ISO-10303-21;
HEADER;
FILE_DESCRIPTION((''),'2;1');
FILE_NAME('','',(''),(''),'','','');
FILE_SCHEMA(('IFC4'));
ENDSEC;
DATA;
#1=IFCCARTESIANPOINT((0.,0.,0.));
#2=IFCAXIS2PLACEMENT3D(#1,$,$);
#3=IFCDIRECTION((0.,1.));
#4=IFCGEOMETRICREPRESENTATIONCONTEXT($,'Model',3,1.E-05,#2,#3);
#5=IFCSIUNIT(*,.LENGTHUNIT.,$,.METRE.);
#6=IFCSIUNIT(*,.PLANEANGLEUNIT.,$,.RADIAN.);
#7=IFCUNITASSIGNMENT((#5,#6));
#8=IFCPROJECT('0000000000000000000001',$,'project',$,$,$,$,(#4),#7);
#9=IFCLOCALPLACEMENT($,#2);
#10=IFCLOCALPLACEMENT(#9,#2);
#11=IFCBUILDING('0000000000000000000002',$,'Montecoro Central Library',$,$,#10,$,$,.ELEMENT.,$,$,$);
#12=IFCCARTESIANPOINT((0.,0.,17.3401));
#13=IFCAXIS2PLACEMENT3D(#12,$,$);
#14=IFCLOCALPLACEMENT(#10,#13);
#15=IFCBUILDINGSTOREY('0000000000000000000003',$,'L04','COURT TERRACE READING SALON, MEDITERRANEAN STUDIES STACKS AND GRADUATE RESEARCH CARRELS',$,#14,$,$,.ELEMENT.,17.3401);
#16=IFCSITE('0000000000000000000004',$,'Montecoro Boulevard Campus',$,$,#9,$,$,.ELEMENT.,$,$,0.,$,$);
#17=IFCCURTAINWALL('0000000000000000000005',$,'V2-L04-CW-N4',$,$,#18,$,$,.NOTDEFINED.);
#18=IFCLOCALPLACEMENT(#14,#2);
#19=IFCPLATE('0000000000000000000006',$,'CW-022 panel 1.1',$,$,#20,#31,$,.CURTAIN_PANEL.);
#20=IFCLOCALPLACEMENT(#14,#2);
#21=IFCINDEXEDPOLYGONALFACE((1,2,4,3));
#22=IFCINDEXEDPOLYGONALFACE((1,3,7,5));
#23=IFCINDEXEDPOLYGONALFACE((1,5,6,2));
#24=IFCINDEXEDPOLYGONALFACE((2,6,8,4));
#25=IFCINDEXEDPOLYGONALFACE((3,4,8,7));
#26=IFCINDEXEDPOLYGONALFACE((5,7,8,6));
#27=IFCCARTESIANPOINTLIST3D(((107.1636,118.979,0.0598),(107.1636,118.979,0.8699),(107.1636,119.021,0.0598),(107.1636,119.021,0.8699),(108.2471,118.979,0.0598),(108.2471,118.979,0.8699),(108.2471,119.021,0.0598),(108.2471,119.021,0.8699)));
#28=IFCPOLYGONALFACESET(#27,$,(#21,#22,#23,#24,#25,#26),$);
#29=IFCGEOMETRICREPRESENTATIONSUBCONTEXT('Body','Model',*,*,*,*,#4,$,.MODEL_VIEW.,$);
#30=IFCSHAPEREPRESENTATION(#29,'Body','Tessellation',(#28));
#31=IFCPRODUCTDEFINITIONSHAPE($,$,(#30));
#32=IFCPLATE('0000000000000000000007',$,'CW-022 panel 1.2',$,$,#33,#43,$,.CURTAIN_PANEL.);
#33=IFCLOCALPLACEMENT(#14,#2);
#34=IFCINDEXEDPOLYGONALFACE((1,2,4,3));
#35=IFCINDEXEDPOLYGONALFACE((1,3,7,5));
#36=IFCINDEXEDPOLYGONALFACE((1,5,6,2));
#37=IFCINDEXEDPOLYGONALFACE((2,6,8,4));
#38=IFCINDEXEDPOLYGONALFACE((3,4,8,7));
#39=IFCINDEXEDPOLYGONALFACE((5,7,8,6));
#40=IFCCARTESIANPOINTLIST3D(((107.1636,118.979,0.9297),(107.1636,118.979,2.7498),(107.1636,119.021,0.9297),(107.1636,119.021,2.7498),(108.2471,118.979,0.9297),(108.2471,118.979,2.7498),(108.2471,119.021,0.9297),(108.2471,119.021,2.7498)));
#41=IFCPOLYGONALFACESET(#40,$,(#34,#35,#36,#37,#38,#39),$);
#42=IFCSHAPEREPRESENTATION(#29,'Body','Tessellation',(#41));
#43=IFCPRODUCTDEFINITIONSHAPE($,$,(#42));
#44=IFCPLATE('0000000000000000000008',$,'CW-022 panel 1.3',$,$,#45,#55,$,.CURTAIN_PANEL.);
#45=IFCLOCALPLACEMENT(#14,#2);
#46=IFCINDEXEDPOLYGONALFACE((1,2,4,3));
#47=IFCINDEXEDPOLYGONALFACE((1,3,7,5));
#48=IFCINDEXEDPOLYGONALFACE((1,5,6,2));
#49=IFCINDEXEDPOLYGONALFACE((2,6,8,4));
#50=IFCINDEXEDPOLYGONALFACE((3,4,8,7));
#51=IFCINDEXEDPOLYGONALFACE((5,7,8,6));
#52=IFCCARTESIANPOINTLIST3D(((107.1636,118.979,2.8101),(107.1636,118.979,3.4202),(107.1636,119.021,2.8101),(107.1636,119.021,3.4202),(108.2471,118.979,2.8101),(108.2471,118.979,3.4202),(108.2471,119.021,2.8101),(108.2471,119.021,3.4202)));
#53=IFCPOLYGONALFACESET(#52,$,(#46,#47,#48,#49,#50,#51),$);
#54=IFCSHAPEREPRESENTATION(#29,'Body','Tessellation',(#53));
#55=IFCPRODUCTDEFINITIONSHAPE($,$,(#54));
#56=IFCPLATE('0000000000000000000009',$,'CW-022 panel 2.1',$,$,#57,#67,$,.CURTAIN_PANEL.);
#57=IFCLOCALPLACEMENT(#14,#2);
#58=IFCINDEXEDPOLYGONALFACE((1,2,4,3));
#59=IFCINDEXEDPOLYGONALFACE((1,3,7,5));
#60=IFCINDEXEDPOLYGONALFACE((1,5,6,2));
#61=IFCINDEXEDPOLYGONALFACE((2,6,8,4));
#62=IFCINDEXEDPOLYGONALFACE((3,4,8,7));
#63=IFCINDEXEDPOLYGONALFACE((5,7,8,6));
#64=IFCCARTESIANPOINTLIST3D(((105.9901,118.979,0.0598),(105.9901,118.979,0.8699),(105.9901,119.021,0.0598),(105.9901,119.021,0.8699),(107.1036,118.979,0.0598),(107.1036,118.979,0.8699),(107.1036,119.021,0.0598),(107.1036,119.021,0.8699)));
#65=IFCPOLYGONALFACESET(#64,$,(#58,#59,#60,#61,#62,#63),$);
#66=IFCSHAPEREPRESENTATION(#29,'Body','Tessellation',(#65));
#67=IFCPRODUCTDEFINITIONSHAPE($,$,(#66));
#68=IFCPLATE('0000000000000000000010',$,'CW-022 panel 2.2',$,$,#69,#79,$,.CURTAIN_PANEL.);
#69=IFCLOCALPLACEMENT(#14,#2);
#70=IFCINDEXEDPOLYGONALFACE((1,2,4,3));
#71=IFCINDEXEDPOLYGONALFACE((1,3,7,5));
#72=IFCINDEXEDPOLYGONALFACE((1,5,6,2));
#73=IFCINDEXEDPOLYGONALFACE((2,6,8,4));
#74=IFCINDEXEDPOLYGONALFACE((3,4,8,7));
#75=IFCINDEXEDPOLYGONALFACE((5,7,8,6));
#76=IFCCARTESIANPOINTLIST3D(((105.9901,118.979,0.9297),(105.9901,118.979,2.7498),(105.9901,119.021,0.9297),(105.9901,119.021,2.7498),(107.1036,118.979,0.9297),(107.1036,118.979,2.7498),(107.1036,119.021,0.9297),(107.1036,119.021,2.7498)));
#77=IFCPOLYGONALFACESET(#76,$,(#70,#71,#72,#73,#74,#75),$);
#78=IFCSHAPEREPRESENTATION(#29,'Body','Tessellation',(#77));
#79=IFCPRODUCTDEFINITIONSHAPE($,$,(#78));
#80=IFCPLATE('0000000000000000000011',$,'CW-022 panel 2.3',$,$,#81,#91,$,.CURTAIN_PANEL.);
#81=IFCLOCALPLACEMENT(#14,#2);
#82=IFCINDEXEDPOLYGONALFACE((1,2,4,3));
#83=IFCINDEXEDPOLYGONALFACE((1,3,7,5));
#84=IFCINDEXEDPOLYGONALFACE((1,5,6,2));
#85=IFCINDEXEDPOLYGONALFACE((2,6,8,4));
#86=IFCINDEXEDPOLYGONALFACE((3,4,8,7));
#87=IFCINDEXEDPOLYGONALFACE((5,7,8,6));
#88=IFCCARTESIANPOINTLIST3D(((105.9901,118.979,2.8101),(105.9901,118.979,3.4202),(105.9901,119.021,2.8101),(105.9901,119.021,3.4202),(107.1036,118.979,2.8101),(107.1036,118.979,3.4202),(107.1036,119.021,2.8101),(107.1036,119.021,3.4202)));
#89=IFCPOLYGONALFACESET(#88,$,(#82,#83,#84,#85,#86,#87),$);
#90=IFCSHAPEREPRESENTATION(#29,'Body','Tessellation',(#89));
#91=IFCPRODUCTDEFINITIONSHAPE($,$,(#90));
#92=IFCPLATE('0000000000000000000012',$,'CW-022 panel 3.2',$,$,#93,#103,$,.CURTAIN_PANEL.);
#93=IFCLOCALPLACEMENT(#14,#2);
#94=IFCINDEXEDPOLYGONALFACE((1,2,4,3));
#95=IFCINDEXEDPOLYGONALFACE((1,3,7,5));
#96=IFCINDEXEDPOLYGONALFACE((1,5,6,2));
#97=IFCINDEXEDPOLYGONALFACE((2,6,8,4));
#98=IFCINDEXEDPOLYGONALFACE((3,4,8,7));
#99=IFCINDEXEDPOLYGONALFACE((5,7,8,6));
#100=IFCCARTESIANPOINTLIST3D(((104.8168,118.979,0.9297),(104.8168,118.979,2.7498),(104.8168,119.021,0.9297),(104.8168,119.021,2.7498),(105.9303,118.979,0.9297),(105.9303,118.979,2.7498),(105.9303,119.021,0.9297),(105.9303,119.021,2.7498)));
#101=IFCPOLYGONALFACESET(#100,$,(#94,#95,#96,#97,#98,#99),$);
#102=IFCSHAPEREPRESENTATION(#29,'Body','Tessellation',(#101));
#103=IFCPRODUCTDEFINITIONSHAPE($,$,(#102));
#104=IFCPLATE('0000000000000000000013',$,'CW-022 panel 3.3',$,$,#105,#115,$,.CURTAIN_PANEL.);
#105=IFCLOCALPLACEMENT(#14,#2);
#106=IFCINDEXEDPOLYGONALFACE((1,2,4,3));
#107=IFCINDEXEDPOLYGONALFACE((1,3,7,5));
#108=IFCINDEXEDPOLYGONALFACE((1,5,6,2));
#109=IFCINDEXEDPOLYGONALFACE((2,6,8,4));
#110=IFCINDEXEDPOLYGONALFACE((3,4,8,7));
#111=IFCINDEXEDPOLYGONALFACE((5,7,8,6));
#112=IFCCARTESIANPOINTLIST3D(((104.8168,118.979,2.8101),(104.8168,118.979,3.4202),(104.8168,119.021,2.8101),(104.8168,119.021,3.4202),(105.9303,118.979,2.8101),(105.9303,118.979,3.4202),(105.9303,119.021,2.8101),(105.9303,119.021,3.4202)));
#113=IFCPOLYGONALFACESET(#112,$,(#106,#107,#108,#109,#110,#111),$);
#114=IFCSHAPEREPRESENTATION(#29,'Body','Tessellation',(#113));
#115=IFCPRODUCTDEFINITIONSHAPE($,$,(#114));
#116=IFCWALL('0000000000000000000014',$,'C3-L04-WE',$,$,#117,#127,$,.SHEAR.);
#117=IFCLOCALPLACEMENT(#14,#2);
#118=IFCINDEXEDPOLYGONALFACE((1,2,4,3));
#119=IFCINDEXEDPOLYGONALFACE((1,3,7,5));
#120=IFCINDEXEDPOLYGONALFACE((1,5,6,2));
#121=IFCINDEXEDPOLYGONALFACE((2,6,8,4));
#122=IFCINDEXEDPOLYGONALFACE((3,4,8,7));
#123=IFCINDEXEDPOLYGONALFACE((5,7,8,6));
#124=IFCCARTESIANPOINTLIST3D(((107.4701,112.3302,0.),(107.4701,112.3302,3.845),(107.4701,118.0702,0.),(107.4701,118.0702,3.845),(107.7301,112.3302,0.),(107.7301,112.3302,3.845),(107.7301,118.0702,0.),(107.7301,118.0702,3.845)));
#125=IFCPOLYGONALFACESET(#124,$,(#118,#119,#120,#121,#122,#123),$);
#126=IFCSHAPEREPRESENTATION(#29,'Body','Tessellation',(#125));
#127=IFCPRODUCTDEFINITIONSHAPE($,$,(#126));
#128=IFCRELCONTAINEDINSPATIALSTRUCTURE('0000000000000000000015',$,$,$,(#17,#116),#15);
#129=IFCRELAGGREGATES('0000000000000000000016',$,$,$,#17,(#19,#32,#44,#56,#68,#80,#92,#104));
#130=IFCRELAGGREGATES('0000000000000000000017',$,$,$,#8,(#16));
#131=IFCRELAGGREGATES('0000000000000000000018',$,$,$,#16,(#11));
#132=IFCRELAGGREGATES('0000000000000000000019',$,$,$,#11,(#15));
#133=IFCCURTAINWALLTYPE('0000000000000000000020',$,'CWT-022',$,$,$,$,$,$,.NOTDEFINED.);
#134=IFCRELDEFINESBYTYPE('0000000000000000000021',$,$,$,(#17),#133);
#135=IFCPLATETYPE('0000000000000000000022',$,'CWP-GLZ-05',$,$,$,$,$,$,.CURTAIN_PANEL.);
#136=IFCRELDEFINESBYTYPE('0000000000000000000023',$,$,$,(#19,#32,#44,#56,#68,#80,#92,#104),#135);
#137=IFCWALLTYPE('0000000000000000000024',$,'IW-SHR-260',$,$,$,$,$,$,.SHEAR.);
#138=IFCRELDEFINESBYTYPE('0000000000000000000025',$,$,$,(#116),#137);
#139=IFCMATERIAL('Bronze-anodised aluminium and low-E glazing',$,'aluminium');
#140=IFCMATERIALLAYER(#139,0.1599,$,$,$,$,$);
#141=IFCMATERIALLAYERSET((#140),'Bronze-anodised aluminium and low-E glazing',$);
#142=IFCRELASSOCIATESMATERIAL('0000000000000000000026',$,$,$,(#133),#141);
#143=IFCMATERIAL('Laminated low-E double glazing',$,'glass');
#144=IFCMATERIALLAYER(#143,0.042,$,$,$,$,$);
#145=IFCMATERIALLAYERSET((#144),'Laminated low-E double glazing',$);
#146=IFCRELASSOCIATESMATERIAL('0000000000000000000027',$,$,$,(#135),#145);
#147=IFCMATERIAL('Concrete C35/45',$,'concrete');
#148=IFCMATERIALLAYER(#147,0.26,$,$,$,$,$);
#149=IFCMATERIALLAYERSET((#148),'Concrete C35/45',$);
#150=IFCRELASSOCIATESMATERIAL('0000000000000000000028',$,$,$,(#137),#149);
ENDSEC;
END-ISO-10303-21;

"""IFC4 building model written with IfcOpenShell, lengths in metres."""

from ifc_helpers import new_model, si_unit, direction, frame, frame_2d, origin, origin_2d, place, context, subcontext, project, spatial, rectangle, extrude, material, layer, layer_set, type_object, element, aggregate, save


model = new_model("IFC4")

# Units and contexts
model_context = context("Model", 3, precision=1e-05, world=origin(), true_north=direction((0.0, 1.0)))
body_context = subcontext(model_context, "Body", "Model", "MODEL_VIEW")
ifc_project = project(units=[si_unit("LENGTHUNIT", "METRE"), si_unit("PLANEANGLEUNIT", "RADIAN")], contexts=[model_context])

# Site, building, storey
site_placement = place(None, origin())
site = spatial("IfcSite", under=ifc_project, at=site_placement, Name="Montecoro Boulevard Campus", CompositionType="ELEMENT", RefElevation=0.0)
building_placement = place(site_placement, origin())
building = spatial("IfcBuilding", under=site, at=building_placement, Name="Montecoro Central Library", CompositionType="ELEMENT")
storey_placement = place(building_placement, frame((0.0, 0.0, 17.3401)))
storey = spatial("IfcBuildingStorey", under=building, at=storey_placement, Name="L04", Description="COURT TERRACE READING SALON, MEDITERRANEAN STUDIES STACKS AND GRADUATE RESEARCH CARRELS", CompositionType="ELEMENT", Elevation=17.3401)

# Curtain wall, plates
ifc_material_1 = material(Name="Bronze-anodised aluminium and low-E glazing", Category="aluminium")
ifc_layer_1 = layer(ifc_material_1, 0.1599)
ifc_layer_set_1 = layer_set([ifc_layer_1], Name="Bronze-anodised aluminium and low-E glazing")
curtain_wall_type = type_object("IfcCurtainWallType", Name="CWT-022", PredefinedType="NOTDEFINED", material=ifc_layer_set_1)
curtain_wall_placement = place(storey_placement, origin())
curtain_wall = element("IfcCurtainWall", 1, at=curtain_wall_placement, inside=storey, type_object=curtain_wall_type, Name="V2-L04-CW-N4", PredefinedType="NOTDEFINED")
ifc_material_2 = material(Name="Laminated low-E double glazing", Category="glass")
ifc_layer_2 = layer(ifc_material_2, 0.042)
ifc_layer_set_2 = layer_set([ifc_layer_2], Name="Laminated low-E double glazing")
plate_type = type_object("IfcPlateType", Name="CWP-GLZ-05", PredefinedType="CURTAIN_PANEL", material=ifc_layer_set_2)
plate_1_placement = place(storey_placement, frame((107.7053, 119.0, 0.0598), z_axis=(0.0, 0.0, 1.0), x_axis=(-1.0, 0.0, 0.0)))
plate_1 = element("IfcPlate", 2, at=plate_1_placement, type_object=plate_type, Name="CW-022 panel 1.1", PredefinedType="CURTAIN_PANEL", context=body_context, shape_type="SweptSolid", body=[
    extrude(rectangle(XDim=1.0835, YDim=0.042, at=origin_2d()), origin(), (0.0, 0.0, 1.0), 0.8101),
])
plate_2_placement = place(storey_placement, frame((107.7053, 119.0, 0.9297), z_axis=(0.0, 0.0, 1.0), x_axis=(-1.0, 0.0, 0.0)))
plate_2 = element("IfcPlate", 3, at=plate_2_placement, type_object=plate_type, Name="CW-022 panel 1.2", PredefinedType="CURTAIN_PANEL", context=body_context, shape_type="SweptSolid", body=[
    extrude(rectangle(XDim=1.0835, YDim=0.042, at=origin_2d()), origin(), (0.0, 0.0, 1.0), 1.8201),
])
plate_3_placement = place(storey_placement, frame((107.7053, 119.0, 2.8101), z_axis=(0.0, 0.0, 1.0), x_axis=(-1.0, 0.0, 0.0)))
plate_3 = element("IfcPlate", 4, at=plate_3_placement, type_object=plate_type, Name="CW-022 panel 1.3", PredefinedType="CURTAIN_PANEL", context=body_context, shape_type="SweptSolid", body=[
    extrude(rectangle(XDim=1.0835, YDim=0.042, at=origin_2d()), origin(), (0.0, 0.0, 1.0), 0.6101),
])
plate_4_placement = place(storey_placement, frame((106.5469, 119.0, 0.0598), z_axis=(0.0, 0.0, 1.0), x_axis=(-1.0, 0.0, 0.0)))
plate_4 = element("IfcPlate", 5, at=plate_4_placement, type_object=plate_type, Name="CW-022 panel 2.1", PredefinedType="CURTAIN_PANEL", context=body_context, shape_type="SweptSolid", body=[
    extrude(rectangle(XDim=1.1135, YDim=0.042, at=origin_2d()), origin(), (0.0, 0.0, 1.0), 0.8101),
])
plate_5_placement = place(storey_placement, frame((106.5469, 119.0, 0.9297), z_axis=(0.0, 0.0, 1.0), x_axis=(-1.0, 0.0, 0.0)))
plate_5 = element("IfcPlate", 6, at=plate_5_placement, type_object=plate_type, Name="CW-022 panel 2.2", PredefinedType="CURTAIN_PANEL", context=body_context, shape_type="SweptSolid", body=[
    extrude(rectangle(XDim=1.1135, YDim=0.042, at=origin_2d()), origin(), (0.0, 0.0, 1.0), 1.8201),
])
plate_6_placement = place(storey_placement, frame((106.5469, 119.0, 2.8101), z_axis=(0.0, 0.0, 1.0), x_axis=(-1.0, 0.0, 0.0)))
plate_6 = element("IfcPlate", 7, at=plate_6_placement, type_object=plate_type, Name="CW-022 panel 2.3", PredefinedType="CURTAIN_PANEL", context=body_context, shape_type="SweptSolid", body=[
    extrude(rectangle(XDim=1.1135, YDim=0.042, at=origin_2d()), origin(), (0.0, 0.0, 1.0), 0.6101),
])
plate_7_placement = place(storey_placement, frame((105.3735, 119.0, 0.9297), z_axis=(0.0, 0.0, 1.0), x_axis=(-1.0, 0.0, 0.0)))
plate_7 = element("IfcPlate", 8, at=plate_7_placement, type_object=plate_type, Name="CW-022 panel 3.2", PredefinedType="CURTAIN_PANEL", context=body_context, shape_type="SweptSolid", body=[
    extrude(rectangle(XDim=1.1135, YDim=0.042, at=origin_2d()), origin(), (0.0, 0.0, 1.0), 1.8201),
])
plate_8_placement = place(storey_placement, frame((105.3735, 119.0, 2.8101), z_axis=(0.0, 0.0, 1.0), x_axis=(-1.0, 0.0, 0.0)))
plate_8 = element("IfcPlate", 9, at=plate_8_placement, type_object=plate_type, Name="CW-022 panel 3.3", PredefinedType="CURTAIN_PANEL", context=body_context, shape_type="SweptSolid", body=[
    extrude(rectangle(XDim=1.1135, YDim=0.042, at=origin_2d()), origin(), (0.0, 0.0, 1.0), 0.6101),
])
aggregate(curtain_wall, [plate_1, plate_2, plate_3, plate_4, plate_5, plate_6, plate_7, plate_8])

# Wall
ifc_material_3 = material(Name="Concrete C35/45", Category="concrete")
ifc_layer_3 = layer(ifc_material_3, 0.26)
ifc_layer_set_3 = layer_set([ifc_layer_3], Name="Concrete C35/45")
wall_type = type_object("IfcWallType", Name="IW-SHR-260", PredefinedType="SHEAR", material=ifc_layer_set_3)
wall_placement = place(storey_placement, frame((107.6001, 112.3301, 0.0), z_axis=(0.0, 0.0, 1.0), x_axis=(0.0, 1.0, 0.0)))
element("IfcWall", 10, at=wall_placement, inside=storey, type_object=wall_type, Name="C3-L04-WE", PredefinedType="SHEAR", context=body_context, shape_type="SweptSolid", body=[
    extrude(rectangle(XDim=5.74, YDim=0.26, at=frame_2d((2.8701, 0.0))), origin(), (0.0, 0.0, 1.0), 3.845),
])

save(model, "model.ifc")
